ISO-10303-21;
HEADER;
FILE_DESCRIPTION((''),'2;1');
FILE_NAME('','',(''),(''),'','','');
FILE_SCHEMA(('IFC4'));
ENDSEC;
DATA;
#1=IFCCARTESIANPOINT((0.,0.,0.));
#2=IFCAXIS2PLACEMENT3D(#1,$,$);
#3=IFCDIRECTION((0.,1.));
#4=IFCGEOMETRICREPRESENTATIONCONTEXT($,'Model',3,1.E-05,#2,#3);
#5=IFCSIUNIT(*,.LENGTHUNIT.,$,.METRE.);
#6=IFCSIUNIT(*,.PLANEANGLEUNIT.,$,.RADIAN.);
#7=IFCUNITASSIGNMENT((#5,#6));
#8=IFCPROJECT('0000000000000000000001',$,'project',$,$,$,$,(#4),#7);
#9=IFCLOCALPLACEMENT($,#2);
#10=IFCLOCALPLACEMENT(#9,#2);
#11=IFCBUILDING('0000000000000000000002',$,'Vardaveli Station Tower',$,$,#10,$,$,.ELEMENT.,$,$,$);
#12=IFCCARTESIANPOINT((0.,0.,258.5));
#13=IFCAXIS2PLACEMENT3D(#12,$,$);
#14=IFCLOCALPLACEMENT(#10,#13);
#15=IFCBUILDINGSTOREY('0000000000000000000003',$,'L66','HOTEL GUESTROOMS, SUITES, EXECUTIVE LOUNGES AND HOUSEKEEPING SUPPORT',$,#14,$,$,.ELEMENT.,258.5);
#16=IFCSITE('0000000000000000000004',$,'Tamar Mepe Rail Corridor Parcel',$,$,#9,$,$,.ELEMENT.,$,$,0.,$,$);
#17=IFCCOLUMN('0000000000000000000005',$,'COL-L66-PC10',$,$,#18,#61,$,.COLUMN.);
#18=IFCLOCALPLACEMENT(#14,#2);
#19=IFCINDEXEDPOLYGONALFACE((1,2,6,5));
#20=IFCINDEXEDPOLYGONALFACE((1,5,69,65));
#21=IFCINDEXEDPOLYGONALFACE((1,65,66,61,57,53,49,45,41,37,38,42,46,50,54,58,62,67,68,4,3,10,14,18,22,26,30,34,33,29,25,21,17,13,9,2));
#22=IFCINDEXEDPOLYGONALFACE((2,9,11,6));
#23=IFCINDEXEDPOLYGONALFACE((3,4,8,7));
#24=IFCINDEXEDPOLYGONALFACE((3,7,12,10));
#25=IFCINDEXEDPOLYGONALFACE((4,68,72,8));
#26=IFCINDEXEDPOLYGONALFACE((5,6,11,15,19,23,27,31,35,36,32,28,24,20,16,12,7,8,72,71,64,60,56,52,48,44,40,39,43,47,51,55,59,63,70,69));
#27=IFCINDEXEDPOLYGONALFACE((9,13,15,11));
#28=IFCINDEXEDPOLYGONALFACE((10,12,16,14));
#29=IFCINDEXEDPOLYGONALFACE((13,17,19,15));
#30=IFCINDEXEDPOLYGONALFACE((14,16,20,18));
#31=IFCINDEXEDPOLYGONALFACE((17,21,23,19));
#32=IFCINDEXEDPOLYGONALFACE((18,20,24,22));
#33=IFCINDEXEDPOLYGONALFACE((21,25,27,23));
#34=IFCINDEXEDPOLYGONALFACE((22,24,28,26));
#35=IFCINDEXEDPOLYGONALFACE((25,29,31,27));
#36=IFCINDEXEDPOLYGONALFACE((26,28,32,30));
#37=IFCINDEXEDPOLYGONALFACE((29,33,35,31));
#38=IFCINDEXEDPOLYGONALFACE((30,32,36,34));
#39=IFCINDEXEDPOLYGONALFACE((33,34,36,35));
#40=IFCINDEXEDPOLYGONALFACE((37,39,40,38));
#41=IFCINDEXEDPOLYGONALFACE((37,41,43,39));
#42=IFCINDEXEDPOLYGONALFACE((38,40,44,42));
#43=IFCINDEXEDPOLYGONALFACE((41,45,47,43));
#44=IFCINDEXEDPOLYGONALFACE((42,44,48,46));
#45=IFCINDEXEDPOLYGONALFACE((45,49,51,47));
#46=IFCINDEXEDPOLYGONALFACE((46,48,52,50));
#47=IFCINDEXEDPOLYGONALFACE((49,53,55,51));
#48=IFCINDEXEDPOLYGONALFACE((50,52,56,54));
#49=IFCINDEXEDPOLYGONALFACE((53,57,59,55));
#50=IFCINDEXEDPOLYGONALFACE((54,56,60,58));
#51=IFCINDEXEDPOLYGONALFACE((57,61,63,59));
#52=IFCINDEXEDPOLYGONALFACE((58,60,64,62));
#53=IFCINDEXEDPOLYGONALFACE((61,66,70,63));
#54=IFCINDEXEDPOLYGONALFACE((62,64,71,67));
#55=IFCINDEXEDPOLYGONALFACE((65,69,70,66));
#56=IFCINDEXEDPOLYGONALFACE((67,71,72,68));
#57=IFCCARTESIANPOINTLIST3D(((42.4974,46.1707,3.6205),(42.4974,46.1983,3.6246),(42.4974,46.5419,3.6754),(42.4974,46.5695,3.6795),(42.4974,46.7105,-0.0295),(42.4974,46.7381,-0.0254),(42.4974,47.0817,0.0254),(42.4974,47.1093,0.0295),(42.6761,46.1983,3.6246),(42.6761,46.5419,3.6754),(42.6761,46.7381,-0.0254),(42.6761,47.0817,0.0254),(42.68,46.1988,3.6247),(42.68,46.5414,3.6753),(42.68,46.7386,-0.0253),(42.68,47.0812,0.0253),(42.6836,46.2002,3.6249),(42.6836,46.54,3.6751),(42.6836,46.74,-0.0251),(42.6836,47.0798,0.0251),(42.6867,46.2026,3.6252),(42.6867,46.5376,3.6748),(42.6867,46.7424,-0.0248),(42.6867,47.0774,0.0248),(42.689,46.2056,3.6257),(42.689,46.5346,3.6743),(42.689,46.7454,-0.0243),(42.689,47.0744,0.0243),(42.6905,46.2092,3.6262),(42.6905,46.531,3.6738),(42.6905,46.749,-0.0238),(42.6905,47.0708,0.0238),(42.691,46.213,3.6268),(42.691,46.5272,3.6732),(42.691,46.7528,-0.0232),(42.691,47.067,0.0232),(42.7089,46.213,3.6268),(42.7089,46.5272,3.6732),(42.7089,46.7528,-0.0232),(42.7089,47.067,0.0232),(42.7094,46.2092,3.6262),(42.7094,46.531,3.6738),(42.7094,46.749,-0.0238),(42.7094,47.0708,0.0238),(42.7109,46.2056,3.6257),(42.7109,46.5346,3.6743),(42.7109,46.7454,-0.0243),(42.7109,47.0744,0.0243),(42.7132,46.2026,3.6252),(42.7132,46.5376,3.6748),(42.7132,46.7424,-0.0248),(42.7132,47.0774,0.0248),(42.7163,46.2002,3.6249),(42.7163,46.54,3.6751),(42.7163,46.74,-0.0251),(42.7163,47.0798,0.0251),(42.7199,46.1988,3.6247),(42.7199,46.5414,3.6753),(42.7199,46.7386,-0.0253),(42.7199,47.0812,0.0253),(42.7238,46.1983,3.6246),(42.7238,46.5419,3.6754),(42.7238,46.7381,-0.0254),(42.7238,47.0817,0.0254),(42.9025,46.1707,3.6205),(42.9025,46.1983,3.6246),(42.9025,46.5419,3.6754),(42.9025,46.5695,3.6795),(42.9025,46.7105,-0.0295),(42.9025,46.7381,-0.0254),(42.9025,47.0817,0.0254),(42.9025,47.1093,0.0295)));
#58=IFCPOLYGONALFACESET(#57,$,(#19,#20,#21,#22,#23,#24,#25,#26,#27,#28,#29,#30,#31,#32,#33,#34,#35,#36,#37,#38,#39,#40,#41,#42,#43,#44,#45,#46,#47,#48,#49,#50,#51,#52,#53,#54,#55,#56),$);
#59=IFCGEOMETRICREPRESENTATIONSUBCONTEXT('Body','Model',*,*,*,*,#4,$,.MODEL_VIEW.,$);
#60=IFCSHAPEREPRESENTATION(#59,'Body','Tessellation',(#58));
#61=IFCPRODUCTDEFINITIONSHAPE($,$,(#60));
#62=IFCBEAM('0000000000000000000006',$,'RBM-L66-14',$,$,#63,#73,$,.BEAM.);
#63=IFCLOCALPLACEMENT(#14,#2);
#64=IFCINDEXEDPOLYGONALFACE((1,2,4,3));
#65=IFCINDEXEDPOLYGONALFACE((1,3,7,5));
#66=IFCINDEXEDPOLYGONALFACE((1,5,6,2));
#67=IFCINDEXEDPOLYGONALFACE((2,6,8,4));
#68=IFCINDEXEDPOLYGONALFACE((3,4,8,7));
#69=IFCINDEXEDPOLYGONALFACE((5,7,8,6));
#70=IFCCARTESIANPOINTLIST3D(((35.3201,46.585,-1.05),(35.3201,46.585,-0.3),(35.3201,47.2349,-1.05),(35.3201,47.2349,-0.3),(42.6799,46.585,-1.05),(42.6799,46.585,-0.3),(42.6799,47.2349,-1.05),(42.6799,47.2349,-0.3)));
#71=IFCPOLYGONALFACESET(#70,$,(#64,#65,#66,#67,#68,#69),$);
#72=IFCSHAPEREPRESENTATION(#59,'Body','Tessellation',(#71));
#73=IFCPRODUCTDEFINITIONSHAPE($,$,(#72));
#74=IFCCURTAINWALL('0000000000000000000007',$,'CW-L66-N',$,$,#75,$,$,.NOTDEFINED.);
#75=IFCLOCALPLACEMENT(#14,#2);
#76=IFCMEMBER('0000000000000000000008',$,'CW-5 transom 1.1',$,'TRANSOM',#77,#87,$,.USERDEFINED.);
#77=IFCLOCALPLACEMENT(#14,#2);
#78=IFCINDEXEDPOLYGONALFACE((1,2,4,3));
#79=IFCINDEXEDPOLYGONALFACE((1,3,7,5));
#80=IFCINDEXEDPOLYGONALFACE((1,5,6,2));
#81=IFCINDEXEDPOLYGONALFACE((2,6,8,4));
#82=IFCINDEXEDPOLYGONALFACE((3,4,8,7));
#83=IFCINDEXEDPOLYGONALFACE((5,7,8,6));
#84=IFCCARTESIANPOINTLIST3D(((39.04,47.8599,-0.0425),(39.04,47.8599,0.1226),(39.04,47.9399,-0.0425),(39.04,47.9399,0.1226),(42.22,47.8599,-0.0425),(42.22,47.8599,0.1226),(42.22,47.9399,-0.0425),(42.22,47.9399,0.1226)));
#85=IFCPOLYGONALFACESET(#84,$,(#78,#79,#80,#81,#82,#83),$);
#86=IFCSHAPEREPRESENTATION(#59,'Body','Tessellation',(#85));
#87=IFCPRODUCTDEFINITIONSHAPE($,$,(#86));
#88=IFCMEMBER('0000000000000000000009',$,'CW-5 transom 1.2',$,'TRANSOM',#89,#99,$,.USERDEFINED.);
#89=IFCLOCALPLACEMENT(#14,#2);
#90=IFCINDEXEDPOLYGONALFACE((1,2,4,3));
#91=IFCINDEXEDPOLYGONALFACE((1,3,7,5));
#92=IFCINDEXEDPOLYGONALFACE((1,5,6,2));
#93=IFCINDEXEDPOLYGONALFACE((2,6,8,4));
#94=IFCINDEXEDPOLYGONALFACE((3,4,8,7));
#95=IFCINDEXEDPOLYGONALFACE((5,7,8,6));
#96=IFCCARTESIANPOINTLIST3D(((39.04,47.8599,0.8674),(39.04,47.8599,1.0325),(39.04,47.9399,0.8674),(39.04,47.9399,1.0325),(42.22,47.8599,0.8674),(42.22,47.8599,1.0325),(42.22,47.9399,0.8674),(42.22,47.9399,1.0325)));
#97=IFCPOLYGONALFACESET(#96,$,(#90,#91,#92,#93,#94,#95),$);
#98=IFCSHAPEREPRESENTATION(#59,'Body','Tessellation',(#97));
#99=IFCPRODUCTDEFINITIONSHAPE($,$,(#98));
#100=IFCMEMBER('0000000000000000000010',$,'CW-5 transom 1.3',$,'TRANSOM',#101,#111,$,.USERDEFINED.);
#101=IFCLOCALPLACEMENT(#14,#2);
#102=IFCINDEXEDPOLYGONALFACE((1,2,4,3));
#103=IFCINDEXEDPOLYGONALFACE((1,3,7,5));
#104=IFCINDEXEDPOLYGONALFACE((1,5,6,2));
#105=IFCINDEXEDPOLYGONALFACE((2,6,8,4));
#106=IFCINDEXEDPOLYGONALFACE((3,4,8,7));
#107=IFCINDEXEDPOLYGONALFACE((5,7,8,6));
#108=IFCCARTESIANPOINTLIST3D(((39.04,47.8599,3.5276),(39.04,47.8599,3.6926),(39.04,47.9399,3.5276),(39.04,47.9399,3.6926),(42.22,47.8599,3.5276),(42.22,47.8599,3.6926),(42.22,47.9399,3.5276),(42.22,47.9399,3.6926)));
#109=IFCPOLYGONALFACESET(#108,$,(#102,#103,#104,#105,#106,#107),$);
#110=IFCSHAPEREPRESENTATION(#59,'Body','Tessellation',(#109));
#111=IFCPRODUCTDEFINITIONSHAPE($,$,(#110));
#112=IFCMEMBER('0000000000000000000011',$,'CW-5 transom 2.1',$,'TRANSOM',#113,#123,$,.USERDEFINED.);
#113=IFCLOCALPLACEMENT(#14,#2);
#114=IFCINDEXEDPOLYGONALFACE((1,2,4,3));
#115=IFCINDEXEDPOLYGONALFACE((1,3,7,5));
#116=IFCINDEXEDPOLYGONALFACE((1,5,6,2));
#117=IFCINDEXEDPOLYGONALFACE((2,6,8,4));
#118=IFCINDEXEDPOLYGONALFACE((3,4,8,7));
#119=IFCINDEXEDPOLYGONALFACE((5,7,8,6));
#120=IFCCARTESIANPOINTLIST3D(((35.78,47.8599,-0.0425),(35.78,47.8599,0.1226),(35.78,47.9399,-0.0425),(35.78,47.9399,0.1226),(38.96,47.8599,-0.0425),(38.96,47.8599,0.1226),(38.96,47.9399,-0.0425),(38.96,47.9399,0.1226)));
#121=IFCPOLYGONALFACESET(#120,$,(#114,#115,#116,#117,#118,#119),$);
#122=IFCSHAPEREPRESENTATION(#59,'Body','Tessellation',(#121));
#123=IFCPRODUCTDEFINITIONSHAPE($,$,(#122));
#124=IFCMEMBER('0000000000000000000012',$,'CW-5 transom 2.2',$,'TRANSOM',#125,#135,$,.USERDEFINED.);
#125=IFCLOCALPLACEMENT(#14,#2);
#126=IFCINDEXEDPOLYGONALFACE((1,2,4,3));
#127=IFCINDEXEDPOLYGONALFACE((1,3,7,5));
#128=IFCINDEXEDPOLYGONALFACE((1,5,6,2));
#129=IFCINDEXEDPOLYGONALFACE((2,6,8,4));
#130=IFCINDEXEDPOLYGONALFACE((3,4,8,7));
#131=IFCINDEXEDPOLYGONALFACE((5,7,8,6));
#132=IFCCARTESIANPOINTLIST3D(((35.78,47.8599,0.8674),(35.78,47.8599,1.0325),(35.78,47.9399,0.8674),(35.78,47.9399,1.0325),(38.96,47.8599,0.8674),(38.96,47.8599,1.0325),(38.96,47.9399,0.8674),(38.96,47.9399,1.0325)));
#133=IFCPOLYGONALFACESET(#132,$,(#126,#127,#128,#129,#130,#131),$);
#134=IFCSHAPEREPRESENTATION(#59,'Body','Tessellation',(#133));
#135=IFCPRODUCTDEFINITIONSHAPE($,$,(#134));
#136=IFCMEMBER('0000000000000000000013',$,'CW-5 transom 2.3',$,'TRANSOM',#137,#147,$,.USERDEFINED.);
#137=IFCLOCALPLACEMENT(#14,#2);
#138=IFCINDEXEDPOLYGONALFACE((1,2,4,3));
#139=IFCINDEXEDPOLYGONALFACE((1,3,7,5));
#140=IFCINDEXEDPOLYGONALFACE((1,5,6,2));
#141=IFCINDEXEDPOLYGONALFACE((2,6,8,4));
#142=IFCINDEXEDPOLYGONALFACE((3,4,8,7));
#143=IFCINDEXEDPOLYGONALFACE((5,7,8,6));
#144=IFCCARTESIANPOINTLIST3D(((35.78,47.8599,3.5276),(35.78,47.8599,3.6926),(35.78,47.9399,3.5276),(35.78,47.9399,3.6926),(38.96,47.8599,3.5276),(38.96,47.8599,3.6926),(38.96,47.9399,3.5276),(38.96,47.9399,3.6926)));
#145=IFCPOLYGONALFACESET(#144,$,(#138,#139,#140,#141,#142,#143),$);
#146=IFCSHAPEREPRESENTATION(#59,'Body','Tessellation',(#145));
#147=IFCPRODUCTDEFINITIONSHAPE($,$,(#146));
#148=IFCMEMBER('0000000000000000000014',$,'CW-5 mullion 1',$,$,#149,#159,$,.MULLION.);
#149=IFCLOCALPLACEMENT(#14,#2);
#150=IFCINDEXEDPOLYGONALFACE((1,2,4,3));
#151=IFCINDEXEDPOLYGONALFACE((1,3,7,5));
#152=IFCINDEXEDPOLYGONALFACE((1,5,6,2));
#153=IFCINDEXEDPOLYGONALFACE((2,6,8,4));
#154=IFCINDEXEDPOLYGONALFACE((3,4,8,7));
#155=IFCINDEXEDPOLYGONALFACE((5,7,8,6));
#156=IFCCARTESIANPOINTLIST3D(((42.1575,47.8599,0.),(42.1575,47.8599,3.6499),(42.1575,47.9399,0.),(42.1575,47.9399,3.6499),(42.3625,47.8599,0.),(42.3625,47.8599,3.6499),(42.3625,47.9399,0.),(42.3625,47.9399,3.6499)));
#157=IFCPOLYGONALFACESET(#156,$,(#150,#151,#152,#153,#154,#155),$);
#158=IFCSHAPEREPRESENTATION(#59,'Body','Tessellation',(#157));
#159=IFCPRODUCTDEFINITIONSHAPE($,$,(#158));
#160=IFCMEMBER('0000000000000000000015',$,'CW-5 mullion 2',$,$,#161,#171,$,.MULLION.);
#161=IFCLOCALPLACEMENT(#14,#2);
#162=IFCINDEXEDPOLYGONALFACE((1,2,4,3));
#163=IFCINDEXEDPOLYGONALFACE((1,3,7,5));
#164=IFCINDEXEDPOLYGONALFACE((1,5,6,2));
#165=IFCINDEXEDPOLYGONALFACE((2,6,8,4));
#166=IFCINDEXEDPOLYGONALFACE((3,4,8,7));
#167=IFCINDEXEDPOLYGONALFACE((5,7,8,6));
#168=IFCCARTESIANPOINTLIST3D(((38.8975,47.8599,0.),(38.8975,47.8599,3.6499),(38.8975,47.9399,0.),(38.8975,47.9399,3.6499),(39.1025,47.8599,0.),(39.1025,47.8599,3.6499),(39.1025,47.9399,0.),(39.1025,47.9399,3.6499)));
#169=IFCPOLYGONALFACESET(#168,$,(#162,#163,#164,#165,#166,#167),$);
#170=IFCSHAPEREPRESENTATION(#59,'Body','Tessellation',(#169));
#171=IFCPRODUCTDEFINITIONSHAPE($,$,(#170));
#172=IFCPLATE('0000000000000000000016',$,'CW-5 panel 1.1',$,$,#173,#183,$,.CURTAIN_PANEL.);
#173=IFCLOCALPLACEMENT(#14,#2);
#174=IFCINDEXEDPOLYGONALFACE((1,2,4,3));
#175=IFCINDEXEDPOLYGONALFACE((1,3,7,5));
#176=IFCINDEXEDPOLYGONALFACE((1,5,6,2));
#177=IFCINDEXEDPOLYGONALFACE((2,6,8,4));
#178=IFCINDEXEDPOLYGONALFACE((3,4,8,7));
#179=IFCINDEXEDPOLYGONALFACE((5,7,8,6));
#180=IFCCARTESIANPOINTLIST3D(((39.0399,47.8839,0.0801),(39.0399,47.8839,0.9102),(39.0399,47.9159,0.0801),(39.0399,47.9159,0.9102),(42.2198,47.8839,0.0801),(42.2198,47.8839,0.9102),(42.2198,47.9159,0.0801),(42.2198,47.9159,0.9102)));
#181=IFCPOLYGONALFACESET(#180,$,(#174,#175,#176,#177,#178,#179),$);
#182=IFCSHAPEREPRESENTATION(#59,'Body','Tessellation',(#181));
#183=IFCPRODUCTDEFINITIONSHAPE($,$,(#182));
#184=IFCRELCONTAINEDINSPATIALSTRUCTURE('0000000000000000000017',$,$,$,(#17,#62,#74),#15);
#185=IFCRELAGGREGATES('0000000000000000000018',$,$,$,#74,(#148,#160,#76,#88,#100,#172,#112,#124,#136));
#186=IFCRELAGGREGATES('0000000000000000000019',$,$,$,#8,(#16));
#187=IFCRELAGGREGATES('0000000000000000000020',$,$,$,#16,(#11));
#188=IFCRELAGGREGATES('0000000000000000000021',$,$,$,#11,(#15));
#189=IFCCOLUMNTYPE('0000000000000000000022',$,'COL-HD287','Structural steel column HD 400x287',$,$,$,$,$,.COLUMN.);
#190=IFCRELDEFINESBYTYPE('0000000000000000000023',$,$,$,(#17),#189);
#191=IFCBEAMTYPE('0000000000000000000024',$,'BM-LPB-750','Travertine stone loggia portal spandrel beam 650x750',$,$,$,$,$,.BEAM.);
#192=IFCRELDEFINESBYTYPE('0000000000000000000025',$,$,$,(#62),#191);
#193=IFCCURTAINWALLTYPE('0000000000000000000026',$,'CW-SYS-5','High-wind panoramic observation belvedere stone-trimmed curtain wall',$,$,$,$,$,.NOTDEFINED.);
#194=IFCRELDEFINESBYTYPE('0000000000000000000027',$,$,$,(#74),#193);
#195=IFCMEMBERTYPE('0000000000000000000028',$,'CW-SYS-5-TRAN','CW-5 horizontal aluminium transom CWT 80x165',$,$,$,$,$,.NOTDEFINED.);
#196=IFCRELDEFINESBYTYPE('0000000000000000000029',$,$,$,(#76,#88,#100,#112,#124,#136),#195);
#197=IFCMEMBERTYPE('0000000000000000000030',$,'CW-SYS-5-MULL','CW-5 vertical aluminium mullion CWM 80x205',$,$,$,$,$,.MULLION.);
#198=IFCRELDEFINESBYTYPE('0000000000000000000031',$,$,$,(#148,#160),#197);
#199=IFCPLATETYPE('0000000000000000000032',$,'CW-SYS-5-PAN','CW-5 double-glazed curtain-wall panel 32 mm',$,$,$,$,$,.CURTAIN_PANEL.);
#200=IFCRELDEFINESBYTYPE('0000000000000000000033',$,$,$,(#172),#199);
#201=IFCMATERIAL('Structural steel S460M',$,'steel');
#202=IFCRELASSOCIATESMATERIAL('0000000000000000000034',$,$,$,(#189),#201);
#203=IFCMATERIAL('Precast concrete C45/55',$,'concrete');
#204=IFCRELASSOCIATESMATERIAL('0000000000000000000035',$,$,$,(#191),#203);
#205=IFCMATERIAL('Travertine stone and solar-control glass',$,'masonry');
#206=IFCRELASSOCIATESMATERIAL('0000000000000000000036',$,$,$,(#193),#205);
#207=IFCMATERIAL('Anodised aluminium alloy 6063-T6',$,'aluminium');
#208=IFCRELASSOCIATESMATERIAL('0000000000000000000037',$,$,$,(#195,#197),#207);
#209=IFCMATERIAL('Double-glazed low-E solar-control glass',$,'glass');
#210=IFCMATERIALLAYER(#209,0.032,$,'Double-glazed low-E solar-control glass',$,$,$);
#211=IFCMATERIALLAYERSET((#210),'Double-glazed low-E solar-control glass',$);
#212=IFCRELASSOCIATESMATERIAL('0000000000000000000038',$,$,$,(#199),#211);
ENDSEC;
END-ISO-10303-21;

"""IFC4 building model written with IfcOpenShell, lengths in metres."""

from ifc_helpers import new_model, si_unit, direction, frame, origin, origin_2d, place, context, subcontext, project, spatial, rectangle, i_section, extrude, source, transform, mapped, material, layer, layer_set, material_profile, profile_set, type_object, element, aggregate, save


model = new_model("IFC4")

# Units and contexts
model_context = context("Model", 3, precision=1e-05, world=origin(), true_north=direction((0.0, 1.0)))
body_context = subcontext(model_context, "Body", "Model", "MODEL_VIEW")
ifc_project = project(units=[si_unit("LENGTHUNIT", "METRE"), si_unit("PLANEANGLEUNIT", "RADIAN")], contexts=[model_context])

# Site, building, storey
site_placement = place(None, origin())
site = spatial("IfcSite", under=ifc_project, at=site_placement, Name="Tamar Mepe Rail Corridor Parcel", CompositionType="ELEMENT", RefElevation=0.0)
building_placement = place(site_placement, origin())
building = spatial("IfcBuilding", under=site, at=building_placement, Name="Vardaveli Station Tower", CompositionType="ELEMENT")
storey_placement = place(building_placement, frame((0.0, 0.0, 258.5)))
storey = spatial("IfcBuildingStorey", under=building, at=storey_placement, Name="L66", Description="HOTEL GUESTROOMS, SUITES, EXECUTIVE LOUNGES AND HOUSEKEEPING SUPPORT", CompositionType="ELEMENT", Elevation=258.5)

# Column
ifc_material_1 = material(Name="Structural steel S460M", Category="steel")
ifc_material_profile_1 = material_profile(ifc_material_1, i_section(OverallWidth=0.405, OverallDepth=0.4031, WebThickness=0.0178, FlangeThickness=0.0278, FilletRadius=0.0149, at=origin_2d()), Name="HD 400x287")
ifc_profile_set_1 = profile_set([ifc_material_profile_1], Name="Structural steel S460M")
column_type = type_object("IfcColumnType", Name="COL-HD287", Description="Structural steel column HD 400x287", PredefinedType="COLUMN", material=ifc_profile_set_1)
shared_shape_1 = source(origin(), body_context, "Body", "SweptSolid", [
    extrude(i_section(OverallWidth=0.405, OverallDepth=0.4031, WebThickness=0.0178, FlangeThickness=0.0278, FilletRadius=0.0149, at=origin_2d()), origin(), (0.0, 0.0, 1.0), 3.6897),
])
column_placement = place(storey_placement, frame((42.7, 46.9099, 0.0), z_axis=(0.0, -0.146302, 0.98924), x_axis=(1.0, 0.0, 0.0)))
element("IfcColumn", 1, at=column_placement, inside=storey, type_object=column_type, Name="COL-L66-PC10", PredefinedType="COLUMN", context=body_context, shape_type="MappedRepresentation", body=[
    mapped(shared_shape_1, transform((0.0, 0.0, 0.0), scale=1.0)),
])

# Beam
ifc_material_2 = material(Name="Precast concrete C45/55", Category="concrete")
ifc_material_profile_2 = material_profile(ifc_material_2, rectangle(XDim=0.6499, YDim=0.75, at=origin_2d()), Name="LPB 650x750")
ifc_profile_set_2 = profile_set([ifc_material_profile_2], Name="Precast concrete C45/55")
beam_type = type_object("IfcBeamType", Name="BM-LPB-750", Description="Travertine stone loggia portal spandrel beam 650x750", PredefinedType="BEAM", material=ifc_profile_set_2)
shared_shape_2 = source(origin(), body_context, "Body", "SweptSolid", [
    extrude(rectangle(XDim=0.6499, YDim=0.75, at=origin_2d()), origin(), (0.0, 0.0, 1.0), 7.3599),
])
beam_placement = place(storey_placement, frame((42.6799, 46.9099, -0.675), z_axis=(-1.0, 0.0, 0.0), x_axis=(0.0, -1.0, 0.0)))
element("IfcBeam", 2, at=beam_placement, inside=storey, type_object=beam_type, Name="RBM-L66-14", PredefinedType="BEAM", context=body_context, shape_type="MappedRepresentation", body=[
    mapped(shared_shape_2, transform((0.0, 0.0, 0.0), scale=1.0)),
])

# Curtain wall, members, plate
ifc_material_3 = material(Name="Travertine stone and solar-control glass", Category="masonry")
curtain_wall_type = type_object("IfcCurtainWallType", Name="CW-SYS-5", Description="High-wind panoramic observation belvedere stone-trimmed curtain wall", PredefinedType="NOTDEFINED", material=ifc_material_3)
curtain_wall_placement = place(storey_placement, origin())
curtain_wall = element("IfcCurtainWall", 3, at=curtain_wall_placement, inside=storey, type_object=curtain_wall_type, Name="CW-L66-N", PredefinedType="NOTDEFINED")
ifc_material_4 = material(Name="Anodised aluminium alloy 6063-T6", Category="aluminium")
ifc_material_profile_3 = material_profile(ifc_material_4, rectangle(XDim=0.0801, YDim=0.165, at=origin_2d()), Name="CWT 80x165")
ifc_profile_set_3 = profile_set([ifc_material_profile_3], Name="Anodised aluminium alloy 6063-T6")
member_type_1 = type_object("IfcMemberType", Name="CW-SYS-5-TRAN", Description="CW-5 horizontal aluminium transom CWT 80x165", PredefinedType="NOTDEFINED", material=ifc_profile_set_3)
shared_shape_3 = source(origin(), body_context, "Body", "SweptSolid", [
    extrude(rectangle(XDim=0.0801, YDim=0.165, at=origin_2d()), origin(), (0.0, 0.0, 1.0), 3.1799),
])
member_1_placement = place(storey_placement, frame((42.22, 47.8999, 0.04), z_axis=(-1.0, 0.0, 0.0), x_axis=(0.0, -1.0, 0.0)))
member_1 = element("IfcMember", 4, at=member_1_placement, type_object=member_type_1, Name="CW-5 transom 1.1", ObjectType="TRANSOM", PredefinedType="USERDEFINED", context=body_context, shape_type="MappedRepresentation", body=[
    mapped(shared_shape_3, transform((0.0, 0.0, 0.0), scale=1.0)),
])
member_2_placement = place(storey_placement, frame((42.22, 47.8999, 0.95), z_axis=(-1.0, 0.0, 0.0), x_axis=(0.0, -1.0, 0.0)))
member_2 = element("IfcMember", 5, at=member_2_placement, type_object=member_type_1, Name="CW-5 transom 1.2", ObjectType="TRANSOM", PredefinedType="USERDEFINED", context=body_context, shape_type="MappedRepresentation", body=[
    mapped(shared_shape_3, transform((0.0, 0.0, 0.0), scale=1.0)),
])
member_3_placement = place(storey_placement, frame((42.22, 47.8999, 3.6101), z_axis=(-1.0, 0.0, 0.0), x_axis=(0.0, -1.0, 0.0)))
member_3 = element("IfcMember", 6, at=member_3_placement, type_object=member_type_1, Name="CW-5 transom 1.3", ObjectType="TRANSOM", PredefinedType="USERDEFINED", context=body_context, shape_type="MappedRepresentation", body=[
    mapped(shared_shape_3, transform((0.0, 0.0, 0.0), scale=1.0)),
])
member_4_placement = place(storey_placement, frame((38.96, 47.8999, 0.04), z_axis=(-1.0, 0.0, 0.0), x_axis=(0.0, -1.0, 0.0)))
member_4 = element("IfcMember", 7, at=member_4_placement, type_object=member_type_1, Name="CW-5 transom 2.1", ObjectType="TRANSOM", PredefinedType="USERDEFINED", context=body_context, shape_type="MappedRepresentation", body=[
    mapped(shared_shape_3, transform((0.0, 0.0, 0.0), scale=1.0)),
])
member_5_placement = place(storey_placement, frame((38.96, 47.8999, 0.95), z_axis=(-1.0, 0.0, 0.0), x_axis=(0.0, -1.0, 0.0)))
member_5 = element("IfcMember", 8, at=member_5_placement, type_object=member_type_1, Name="CW-5 transom 2.2", ObjectType="TRANSOM", PredefinedType="USERDEFINED", context=body_context, shape_type="MappedRepresentation", body=[
    mapped(shared_shape_3, transform((0.0, 0.0, 0.0), scale=1.0)),
])
member_6_placement = place(storey_placement, frame((38.96, 47.8999, 3.6101), z_axis=(-1.0, 0.0, 0.0), x_axis=(0.0, -1.0, 0.0)))
member_6 = element("IfcMember", 9, at=member_6_placement, type_object=member_type_1, Name="CW-5 transom 2.3", ObjectType="TRANSOM", PredefinedType="USERDEFINED", context=body_context, shape_type="MappedRepresentation", body=[
    mapped(shared_shape_3, transform((0.0, 0.0, 0.0), scale=1.0)),
])
ifc_material_profile_4 = material_profile(ifc_material_4, rectangle(XDim=0.0801, YDim=0.2051, at=origin_2d()), Name="CWM 80x205")
ifc_profile_set_4 = profile_set([ifc_material_profile_4], Name="Anodised aluminium alloy 6063-T6")
member_type_2 = type_object("IfcMemberType", Name="CW-SYS-5-MULL", Description="CW-5 vertical aluminium mullion CWM 80x205", PredefinedType="MULLION", material=ifc_profile_set_4)
shared_shape_4 = source(origin(), body_context, "Body", "SweptSolid", [
    extrude(rectangle(XDim=0.0801, YDim=0.2051, at=origin_2d()), origin(), (0.0, 0.0, 1.0), 3.6499),
])
member_7_placement = place(storey_placement, frame((42.26, 47.8999, 0.0), z_axis=(0.0, 0.0, 1.0), x_axis=(0.0, -1.0, 0.0)))
member_7 = element("IfcMember", 10, at=member_7_placement, type_object=member_type_2, Name="CW-5 mullion 1", PredefinedType="MULLION", context=body_context, shape_type="MappedRepresentation", body=[
    mapped(shared_shape_4, transform((0.0, 0.0, 0.0), scale=1.0)),
])
member_8_placement = place(storey_placement, frame((39.0, 47.8999, 0.0), z_axis=(0.0, 0.0, 1.0), x_axis=(0.0, -1.0, 0.0)))
member_8 = element("IfcMember", 11, at=member_8_placement, type_object=member_type_2, Name="CW-5 mullion 2", PredefinedType="MULLION", context=body_context, shape_type="MappedRepresentation", body=[
    mapped(shared_shape_4, transform((0.0, 0.0, 0.0), scale=1.0)),
])
ifc_material_5 = material(Name="Double-glazed low-E solar-control glass", Category="glass")
ifc_layer_1 = layer(ifc_material_5, 0.032, Name="Double-glazed low-E solar-control glass")
ifc_layer_set_1 = layer_set([ifc_layer_1], Name="Double-glazed low-E solar-control glass")
plate_type = type_object("IfcPlateType", Name="CW-SYS-5-PAN", Description="CW-5 double-glazed curtain-wall panel 32 mm", PredefinedType="CURTAIN_PANEL", material=ifc_layer_set_1)
shared_shape_5 = source(origin(), body_context, "Body", "SweptSolid", [
    extrude(rectangle(XDim=3.1799, YDim=0.032, at=origin_2d()), origin(), (0.0, 0.0, 1.0), 0.8301),
])
plate_1_placement = place(storey_placement, frame((40.6299, 47.8999, 0.0801), z_axis=(0.0, 0.0, 1.0), x_axis=(-1.0, 0.0, 0.0)))
plate_1 = element("IfcPlate", 12, at=plate_1_placement, type_object=plate_type, Name="CW-5 panel 1.1", PredefinedType="CURTAIN_PANEL", context=body_context, shape_type="MappedRepresentation", body=[
    mapped(shared_shape_5, transform((0.0, 0.0, 0.0), scale=1.0)),
])
aggregate(curtain_wall, [member_7, member_8, member_1, member_2, member_3, plate_1, member_4, member_5, member_6])

save(model, "model.ifc")
